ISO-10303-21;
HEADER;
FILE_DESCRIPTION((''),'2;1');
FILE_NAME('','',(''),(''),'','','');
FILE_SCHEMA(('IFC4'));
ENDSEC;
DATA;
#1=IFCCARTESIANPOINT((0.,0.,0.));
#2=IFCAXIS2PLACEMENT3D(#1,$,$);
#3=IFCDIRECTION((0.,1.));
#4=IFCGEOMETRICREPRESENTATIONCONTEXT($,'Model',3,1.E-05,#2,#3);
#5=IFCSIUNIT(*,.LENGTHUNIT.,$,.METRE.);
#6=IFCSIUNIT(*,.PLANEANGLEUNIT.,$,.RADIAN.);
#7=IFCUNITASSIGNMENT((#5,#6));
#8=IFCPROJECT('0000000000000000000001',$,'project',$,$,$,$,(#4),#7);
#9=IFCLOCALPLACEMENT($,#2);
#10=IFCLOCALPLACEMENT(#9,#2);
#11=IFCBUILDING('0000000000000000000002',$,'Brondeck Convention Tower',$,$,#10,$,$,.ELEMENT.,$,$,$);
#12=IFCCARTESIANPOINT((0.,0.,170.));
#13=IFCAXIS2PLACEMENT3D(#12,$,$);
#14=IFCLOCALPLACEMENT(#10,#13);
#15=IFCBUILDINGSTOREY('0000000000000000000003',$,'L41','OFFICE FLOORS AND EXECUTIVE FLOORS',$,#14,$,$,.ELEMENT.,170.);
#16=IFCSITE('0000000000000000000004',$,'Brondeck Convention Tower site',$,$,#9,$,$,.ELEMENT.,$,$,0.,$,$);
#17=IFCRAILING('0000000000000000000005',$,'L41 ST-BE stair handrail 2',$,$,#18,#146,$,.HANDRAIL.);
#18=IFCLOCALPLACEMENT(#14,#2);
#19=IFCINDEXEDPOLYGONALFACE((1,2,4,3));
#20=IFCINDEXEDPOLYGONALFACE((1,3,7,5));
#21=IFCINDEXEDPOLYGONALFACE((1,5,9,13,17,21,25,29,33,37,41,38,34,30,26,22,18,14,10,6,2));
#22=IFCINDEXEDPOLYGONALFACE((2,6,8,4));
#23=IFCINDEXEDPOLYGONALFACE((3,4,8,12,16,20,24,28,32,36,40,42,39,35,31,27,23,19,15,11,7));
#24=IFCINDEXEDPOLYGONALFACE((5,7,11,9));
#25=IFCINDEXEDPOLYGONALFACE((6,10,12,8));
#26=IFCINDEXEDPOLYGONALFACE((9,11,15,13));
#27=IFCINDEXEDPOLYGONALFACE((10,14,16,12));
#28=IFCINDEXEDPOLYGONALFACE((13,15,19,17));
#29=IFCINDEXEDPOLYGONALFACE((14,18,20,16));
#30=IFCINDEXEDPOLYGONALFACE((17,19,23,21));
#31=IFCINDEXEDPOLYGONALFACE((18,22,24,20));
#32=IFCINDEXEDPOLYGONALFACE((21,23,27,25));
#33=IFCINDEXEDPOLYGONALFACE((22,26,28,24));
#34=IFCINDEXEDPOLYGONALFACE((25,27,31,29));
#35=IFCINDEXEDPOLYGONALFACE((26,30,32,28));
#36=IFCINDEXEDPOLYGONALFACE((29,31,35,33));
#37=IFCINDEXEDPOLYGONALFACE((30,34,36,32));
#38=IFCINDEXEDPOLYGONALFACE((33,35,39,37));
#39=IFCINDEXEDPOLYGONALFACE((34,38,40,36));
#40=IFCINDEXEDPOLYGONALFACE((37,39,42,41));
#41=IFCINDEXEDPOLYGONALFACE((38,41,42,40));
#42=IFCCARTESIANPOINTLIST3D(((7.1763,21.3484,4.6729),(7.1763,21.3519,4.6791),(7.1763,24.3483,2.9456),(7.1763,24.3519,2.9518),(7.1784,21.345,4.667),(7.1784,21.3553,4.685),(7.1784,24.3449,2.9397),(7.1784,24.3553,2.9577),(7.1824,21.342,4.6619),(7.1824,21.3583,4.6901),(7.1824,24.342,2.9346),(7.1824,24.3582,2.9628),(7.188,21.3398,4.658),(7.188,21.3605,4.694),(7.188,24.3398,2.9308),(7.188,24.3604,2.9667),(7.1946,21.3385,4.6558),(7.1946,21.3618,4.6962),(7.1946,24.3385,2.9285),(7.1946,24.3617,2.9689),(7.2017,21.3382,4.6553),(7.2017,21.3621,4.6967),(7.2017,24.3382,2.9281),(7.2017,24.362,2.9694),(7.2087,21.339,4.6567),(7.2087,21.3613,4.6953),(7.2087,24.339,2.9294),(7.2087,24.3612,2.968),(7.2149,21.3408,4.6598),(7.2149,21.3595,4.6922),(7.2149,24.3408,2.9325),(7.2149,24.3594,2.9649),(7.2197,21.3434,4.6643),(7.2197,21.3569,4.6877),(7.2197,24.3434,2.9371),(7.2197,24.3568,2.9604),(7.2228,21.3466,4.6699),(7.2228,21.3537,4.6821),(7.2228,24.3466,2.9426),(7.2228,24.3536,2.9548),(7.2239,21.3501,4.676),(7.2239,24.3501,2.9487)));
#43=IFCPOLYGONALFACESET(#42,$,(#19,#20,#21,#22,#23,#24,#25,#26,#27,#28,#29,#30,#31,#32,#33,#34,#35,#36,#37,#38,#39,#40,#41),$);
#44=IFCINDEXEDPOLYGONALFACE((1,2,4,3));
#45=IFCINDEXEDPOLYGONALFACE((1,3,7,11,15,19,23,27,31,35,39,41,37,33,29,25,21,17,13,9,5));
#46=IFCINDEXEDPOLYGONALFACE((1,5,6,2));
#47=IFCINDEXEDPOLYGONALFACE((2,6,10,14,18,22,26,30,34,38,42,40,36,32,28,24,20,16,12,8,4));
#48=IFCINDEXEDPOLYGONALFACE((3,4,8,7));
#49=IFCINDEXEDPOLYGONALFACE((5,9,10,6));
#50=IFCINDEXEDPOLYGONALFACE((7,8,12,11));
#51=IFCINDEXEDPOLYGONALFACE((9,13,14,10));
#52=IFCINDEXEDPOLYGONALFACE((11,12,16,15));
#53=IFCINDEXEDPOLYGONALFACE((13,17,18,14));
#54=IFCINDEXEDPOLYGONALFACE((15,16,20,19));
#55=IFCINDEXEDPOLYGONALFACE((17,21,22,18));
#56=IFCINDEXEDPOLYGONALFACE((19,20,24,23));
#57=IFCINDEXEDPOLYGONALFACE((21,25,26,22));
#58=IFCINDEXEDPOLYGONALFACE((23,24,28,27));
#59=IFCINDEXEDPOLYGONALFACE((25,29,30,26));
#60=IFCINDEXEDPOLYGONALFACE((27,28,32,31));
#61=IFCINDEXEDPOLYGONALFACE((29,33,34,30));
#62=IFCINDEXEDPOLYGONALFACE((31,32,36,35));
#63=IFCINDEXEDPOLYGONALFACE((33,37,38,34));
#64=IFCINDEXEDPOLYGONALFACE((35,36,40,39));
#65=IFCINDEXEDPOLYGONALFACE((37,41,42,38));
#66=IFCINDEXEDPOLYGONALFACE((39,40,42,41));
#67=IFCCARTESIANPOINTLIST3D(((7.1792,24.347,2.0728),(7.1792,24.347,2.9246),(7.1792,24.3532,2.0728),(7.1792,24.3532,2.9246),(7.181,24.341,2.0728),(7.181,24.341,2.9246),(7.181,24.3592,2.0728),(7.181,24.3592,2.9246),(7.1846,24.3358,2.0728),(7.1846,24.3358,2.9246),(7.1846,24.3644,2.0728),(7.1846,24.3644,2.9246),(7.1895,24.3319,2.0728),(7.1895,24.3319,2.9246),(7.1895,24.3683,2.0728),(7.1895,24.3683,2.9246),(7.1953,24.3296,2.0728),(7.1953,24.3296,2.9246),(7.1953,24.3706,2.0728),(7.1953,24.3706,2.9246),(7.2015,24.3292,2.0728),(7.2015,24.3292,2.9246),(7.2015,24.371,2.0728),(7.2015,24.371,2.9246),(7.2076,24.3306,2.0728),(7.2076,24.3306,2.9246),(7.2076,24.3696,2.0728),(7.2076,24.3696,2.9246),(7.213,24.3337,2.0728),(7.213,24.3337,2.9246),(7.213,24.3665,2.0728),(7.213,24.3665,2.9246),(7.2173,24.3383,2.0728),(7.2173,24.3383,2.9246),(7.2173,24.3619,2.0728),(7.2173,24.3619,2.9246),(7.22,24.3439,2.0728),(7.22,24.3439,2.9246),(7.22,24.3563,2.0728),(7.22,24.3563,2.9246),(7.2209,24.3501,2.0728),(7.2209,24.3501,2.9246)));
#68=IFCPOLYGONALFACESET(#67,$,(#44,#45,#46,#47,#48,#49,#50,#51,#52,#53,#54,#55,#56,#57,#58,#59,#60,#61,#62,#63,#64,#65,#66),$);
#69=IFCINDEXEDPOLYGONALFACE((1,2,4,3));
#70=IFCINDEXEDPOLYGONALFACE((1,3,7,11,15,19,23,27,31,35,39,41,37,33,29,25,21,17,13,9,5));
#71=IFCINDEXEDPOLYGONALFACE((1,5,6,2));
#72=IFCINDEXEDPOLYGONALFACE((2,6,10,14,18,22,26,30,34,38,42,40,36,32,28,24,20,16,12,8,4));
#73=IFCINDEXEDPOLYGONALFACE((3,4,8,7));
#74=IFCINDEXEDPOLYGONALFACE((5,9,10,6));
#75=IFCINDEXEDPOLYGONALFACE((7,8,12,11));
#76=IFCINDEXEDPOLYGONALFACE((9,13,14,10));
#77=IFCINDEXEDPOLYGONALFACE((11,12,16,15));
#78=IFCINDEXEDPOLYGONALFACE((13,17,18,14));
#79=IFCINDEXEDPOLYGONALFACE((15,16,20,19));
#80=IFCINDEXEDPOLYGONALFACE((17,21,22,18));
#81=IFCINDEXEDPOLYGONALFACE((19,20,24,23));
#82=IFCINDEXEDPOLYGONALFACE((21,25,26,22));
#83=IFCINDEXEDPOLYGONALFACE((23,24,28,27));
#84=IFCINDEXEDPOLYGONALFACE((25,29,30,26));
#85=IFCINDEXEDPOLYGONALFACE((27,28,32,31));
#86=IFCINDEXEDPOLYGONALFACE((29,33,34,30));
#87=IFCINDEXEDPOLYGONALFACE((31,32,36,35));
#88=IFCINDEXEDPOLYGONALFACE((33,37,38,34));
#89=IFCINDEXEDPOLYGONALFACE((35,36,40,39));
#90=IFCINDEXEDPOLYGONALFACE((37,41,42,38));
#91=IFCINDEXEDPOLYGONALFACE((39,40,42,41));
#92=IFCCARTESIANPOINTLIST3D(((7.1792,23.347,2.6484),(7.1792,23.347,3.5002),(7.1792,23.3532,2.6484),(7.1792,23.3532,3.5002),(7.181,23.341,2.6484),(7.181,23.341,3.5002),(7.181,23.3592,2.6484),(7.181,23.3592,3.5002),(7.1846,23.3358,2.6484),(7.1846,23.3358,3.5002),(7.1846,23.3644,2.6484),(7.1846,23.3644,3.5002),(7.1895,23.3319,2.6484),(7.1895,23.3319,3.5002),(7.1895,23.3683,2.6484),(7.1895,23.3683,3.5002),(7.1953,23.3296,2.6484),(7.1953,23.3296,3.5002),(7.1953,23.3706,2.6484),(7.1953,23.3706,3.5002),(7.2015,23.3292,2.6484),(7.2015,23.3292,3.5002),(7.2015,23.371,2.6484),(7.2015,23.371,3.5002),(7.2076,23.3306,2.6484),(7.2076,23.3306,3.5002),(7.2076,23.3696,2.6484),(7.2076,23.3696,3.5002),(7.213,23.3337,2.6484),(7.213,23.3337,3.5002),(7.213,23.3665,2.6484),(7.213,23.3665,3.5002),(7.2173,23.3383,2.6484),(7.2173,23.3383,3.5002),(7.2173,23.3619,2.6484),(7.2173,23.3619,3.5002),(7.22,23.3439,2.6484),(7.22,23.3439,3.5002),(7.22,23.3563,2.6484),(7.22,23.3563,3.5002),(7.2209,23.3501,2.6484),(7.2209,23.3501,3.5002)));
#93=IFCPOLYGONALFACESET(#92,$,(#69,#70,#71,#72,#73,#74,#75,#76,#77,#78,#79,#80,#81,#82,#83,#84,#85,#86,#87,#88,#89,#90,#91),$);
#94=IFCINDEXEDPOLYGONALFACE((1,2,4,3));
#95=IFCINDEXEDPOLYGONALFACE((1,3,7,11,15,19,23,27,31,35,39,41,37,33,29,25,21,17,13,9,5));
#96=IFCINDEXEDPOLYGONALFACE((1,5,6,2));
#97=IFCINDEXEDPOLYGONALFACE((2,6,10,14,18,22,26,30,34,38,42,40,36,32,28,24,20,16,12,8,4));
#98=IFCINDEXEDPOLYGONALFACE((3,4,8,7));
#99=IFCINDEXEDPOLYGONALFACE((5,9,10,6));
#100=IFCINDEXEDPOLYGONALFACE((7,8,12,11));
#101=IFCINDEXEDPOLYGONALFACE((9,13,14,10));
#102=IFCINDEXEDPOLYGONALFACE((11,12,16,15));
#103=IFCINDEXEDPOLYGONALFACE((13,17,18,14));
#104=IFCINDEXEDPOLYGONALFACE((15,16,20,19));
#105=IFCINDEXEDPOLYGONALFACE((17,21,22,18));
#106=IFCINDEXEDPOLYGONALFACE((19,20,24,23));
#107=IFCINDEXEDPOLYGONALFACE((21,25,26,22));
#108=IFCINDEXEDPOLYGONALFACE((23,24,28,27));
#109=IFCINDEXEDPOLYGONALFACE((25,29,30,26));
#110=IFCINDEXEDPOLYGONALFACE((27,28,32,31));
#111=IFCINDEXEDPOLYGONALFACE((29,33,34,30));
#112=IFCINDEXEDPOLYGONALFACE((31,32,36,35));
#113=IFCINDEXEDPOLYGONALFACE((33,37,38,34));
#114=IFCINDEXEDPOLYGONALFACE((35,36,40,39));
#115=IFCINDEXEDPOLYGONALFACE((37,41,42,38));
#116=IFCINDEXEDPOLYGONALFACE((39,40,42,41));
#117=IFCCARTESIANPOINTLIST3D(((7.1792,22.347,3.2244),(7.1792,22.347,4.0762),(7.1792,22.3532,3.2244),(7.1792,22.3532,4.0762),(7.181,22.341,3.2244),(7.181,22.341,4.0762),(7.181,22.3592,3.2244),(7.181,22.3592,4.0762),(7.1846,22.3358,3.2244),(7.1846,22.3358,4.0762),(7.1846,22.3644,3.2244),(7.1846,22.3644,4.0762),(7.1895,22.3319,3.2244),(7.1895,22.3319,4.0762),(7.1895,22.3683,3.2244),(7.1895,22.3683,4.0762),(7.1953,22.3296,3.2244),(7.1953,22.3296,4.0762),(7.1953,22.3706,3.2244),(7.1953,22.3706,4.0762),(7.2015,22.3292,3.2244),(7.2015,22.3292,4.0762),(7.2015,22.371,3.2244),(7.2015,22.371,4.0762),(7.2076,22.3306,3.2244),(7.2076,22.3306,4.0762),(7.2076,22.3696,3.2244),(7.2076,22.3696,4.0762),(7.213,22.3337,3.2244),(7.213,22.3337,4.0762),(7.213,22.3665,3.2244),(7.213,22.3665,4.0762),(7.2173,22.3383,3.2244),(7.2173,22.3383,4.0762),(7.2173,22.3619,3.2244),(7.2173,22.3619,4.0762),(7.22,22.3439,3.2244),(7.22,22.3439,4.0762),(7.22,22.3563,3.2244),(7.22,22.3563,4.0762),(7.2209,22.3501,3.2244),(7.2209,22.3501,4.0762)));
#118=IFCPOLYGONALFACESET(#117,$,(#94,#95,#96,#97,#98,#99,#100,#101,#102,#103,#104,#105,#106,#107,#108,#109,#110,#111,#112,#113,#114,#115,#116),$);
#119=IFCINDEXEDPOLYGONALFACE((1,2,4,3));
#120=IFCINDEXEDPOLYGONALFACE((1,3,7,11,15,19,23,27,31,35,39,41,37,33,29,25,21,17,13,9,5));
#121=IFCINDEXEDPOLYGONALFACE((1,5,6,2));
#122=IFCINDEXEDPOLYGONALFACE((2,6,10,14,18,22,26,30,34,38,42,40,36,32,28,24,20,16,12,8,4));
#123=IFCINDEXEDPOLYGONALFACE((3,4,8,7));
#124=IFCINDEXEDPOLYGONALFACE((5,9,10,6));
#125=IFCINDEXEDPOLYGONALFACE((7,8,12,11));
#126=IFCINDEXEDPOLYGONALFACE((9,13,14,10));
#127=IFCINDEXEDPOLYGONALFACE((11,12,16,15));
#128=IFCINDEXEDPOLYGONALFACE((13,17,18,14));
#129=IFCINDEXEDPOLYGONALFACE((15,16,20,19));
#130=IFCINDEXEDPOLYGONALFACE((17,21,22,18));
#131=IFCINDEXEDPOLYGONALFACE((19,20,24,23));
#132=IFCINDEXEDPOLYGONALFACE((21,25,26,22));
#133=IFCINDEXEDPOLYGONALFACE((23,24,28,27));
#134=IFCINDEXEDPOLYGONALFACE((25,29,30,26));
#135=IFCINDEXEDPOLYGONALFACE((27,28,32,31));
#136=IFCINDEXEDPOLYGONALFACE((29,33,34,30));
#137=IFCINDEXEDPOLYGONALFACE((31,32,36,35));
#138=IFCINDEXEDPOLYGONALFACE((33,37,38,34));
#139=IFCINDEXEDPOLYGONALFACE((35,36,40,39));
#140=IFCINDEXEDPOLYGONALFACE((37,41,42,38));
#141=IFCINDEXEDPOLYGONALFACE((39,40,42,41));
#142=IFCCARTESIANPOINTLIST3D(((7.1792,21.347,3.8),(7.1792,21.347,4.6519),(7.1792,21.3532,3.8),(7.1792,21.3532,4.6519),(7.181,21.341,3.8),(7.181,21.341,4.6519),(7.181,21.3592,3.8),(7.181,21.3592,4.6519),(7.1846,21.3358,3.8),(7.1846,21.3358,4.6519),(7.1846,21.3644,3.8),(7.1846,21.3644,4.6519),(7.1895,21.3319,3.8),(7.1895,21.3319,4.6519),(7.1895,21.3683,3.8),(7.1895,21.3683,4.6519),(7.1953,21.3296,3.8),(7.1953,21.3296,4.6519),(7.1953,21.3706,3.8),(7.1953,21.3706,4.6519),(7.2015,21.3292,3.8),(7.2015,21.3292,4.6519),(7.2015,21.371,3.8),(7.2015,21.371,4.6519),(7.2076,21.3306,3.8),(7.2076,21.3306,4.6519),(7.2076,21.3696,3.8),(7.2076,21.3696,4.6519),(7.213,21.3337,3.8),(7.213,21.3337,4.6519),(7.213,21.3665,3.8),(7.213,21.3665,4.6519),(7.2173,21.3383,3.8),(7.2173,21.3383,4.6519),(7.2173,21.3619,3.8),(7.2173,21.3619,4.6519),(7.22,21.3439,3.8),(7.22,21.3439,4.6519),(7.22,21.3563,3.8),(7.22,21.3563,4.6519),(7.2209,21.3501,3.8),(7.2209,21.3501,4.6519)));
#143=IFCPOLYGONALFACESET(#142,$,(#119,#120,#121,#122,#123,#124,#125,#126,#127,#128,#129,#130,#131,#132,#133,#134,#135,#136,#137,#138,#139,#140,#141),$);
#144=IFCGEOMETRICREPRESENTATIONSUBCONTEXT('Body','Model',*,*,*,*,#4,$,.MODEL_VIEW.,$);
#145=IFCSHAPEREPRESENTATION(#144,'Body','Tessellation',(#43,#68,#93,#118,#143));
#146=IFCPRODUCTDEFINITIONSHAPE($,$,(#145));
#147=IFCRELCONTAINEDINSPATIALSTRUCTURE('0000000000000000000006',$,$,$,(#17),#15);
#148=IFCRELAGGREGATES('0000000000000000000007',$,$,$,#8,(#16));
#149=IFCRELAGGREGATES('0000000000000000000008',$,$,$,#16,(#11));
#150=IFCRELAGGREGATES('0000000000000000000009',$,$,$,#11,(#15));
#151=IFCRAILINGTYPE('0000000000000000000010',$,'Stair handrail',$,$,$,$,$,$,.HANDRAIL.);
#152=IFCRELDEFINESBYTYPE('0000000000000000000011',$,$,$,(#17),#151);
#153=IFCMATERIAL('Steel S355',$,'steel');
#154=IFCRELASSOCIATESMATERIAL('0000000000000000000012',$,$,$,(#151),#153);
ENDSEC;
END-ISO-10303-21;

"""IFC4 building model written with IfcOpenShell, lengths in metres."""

from ifc_helpers import new_model, si_unit, direction, frame, origin, origin_2d, place, context, subcontext, project, spatial, circle, extrude, material, type_object, element, save


model = new_model("IFC4")

# Units and contexts
model_context = context("Model", 3, precision=1e-05, world=origin(), true_north=direction((0.0, 1.0)))
body_context = subcontext(model_context, "Body", "Model", "MODEL_VIEW")
ifc_project = project(units=[si_unit("LENGTHUNIT", "METRE"), si_unit("PLANEANGLEUNIT", "RADIAN")], contexts=[model_context])

# Site, building, storey
site_placement = place(None, origin())
site = spatial("IfcSite", under=ifc_project, at=site_placement, Name="Brondeck Convention Tower site", CompositionType="ELEMENT", RefElevation=0.0)
building_placement = place(site_placement, origin())
building = spatial("IfcBuilding", under=site, at=building_placement, Name="Brondeck Convention Tower", CompositionType="ELEMENT")
storey_placement = place(building_placement, frame((0.0, 0.0, 170.0)))
storey = spatial("IfcBuildingStorey", under=building, at=storey_placement, Name="L41", Description="OFFICE FLOORS AND EXECUTIVE FLOORS", CompositionType="ELEMENT", Elevation=170.0)

# Shared definitions
ifc_material_1 = material(Name="Steel S355", Category="steel")

# Railing
railing_type_1 = type_object("IfcRailingType", Name="Stair handrail", PredefinedType="HANDRAIL", material=ifc_material_1)
railing_1_placement = place(storey_placement, frame((7.2, 24.3501, 2.0728)))
element("IfcRailing", 1, at=railing_1_placement, inside=storey, type_object=railing_type_1, Name="L41 ST-BE stair handrail 2", PredefinedType="HANDRAIL", context=body_context, shape_type="SweptSolid", body=[
    extrude(circle(Radius=0.0239, at=origin_2d()), frame((0.0, 0.0, 0.876), z_axis=(0.0, -0.86662, 0.498969), x_axis=(1.0, 0.0, 0.0)), (0.0, 0.0, 1.0), 3.4617),
    extrude(circle(Radius=0.021, at=origin_2d()), origin(), (0.0, 0.0, 1.0), 0.8518),
    extrude(circle(Radius=0.021, at=origin_2d()), frame((0.0, -1.0, 0.5757)), (0.0, 0.0, 1.0), 0.8518),
    extrude(circle(Radius=0.021, at=origin_2d()), frame((0.0, -2.0, 1.1516)), (0.0, 0.0, 1.0), 0.8518),
    extrude(circle(Radius=0.021, at=origin_2d()), frame((0.0, -3.0, 1.7273)), (0.0, 0.0, 1.0), 0.8518),
])

save(model, "model.ifc")
